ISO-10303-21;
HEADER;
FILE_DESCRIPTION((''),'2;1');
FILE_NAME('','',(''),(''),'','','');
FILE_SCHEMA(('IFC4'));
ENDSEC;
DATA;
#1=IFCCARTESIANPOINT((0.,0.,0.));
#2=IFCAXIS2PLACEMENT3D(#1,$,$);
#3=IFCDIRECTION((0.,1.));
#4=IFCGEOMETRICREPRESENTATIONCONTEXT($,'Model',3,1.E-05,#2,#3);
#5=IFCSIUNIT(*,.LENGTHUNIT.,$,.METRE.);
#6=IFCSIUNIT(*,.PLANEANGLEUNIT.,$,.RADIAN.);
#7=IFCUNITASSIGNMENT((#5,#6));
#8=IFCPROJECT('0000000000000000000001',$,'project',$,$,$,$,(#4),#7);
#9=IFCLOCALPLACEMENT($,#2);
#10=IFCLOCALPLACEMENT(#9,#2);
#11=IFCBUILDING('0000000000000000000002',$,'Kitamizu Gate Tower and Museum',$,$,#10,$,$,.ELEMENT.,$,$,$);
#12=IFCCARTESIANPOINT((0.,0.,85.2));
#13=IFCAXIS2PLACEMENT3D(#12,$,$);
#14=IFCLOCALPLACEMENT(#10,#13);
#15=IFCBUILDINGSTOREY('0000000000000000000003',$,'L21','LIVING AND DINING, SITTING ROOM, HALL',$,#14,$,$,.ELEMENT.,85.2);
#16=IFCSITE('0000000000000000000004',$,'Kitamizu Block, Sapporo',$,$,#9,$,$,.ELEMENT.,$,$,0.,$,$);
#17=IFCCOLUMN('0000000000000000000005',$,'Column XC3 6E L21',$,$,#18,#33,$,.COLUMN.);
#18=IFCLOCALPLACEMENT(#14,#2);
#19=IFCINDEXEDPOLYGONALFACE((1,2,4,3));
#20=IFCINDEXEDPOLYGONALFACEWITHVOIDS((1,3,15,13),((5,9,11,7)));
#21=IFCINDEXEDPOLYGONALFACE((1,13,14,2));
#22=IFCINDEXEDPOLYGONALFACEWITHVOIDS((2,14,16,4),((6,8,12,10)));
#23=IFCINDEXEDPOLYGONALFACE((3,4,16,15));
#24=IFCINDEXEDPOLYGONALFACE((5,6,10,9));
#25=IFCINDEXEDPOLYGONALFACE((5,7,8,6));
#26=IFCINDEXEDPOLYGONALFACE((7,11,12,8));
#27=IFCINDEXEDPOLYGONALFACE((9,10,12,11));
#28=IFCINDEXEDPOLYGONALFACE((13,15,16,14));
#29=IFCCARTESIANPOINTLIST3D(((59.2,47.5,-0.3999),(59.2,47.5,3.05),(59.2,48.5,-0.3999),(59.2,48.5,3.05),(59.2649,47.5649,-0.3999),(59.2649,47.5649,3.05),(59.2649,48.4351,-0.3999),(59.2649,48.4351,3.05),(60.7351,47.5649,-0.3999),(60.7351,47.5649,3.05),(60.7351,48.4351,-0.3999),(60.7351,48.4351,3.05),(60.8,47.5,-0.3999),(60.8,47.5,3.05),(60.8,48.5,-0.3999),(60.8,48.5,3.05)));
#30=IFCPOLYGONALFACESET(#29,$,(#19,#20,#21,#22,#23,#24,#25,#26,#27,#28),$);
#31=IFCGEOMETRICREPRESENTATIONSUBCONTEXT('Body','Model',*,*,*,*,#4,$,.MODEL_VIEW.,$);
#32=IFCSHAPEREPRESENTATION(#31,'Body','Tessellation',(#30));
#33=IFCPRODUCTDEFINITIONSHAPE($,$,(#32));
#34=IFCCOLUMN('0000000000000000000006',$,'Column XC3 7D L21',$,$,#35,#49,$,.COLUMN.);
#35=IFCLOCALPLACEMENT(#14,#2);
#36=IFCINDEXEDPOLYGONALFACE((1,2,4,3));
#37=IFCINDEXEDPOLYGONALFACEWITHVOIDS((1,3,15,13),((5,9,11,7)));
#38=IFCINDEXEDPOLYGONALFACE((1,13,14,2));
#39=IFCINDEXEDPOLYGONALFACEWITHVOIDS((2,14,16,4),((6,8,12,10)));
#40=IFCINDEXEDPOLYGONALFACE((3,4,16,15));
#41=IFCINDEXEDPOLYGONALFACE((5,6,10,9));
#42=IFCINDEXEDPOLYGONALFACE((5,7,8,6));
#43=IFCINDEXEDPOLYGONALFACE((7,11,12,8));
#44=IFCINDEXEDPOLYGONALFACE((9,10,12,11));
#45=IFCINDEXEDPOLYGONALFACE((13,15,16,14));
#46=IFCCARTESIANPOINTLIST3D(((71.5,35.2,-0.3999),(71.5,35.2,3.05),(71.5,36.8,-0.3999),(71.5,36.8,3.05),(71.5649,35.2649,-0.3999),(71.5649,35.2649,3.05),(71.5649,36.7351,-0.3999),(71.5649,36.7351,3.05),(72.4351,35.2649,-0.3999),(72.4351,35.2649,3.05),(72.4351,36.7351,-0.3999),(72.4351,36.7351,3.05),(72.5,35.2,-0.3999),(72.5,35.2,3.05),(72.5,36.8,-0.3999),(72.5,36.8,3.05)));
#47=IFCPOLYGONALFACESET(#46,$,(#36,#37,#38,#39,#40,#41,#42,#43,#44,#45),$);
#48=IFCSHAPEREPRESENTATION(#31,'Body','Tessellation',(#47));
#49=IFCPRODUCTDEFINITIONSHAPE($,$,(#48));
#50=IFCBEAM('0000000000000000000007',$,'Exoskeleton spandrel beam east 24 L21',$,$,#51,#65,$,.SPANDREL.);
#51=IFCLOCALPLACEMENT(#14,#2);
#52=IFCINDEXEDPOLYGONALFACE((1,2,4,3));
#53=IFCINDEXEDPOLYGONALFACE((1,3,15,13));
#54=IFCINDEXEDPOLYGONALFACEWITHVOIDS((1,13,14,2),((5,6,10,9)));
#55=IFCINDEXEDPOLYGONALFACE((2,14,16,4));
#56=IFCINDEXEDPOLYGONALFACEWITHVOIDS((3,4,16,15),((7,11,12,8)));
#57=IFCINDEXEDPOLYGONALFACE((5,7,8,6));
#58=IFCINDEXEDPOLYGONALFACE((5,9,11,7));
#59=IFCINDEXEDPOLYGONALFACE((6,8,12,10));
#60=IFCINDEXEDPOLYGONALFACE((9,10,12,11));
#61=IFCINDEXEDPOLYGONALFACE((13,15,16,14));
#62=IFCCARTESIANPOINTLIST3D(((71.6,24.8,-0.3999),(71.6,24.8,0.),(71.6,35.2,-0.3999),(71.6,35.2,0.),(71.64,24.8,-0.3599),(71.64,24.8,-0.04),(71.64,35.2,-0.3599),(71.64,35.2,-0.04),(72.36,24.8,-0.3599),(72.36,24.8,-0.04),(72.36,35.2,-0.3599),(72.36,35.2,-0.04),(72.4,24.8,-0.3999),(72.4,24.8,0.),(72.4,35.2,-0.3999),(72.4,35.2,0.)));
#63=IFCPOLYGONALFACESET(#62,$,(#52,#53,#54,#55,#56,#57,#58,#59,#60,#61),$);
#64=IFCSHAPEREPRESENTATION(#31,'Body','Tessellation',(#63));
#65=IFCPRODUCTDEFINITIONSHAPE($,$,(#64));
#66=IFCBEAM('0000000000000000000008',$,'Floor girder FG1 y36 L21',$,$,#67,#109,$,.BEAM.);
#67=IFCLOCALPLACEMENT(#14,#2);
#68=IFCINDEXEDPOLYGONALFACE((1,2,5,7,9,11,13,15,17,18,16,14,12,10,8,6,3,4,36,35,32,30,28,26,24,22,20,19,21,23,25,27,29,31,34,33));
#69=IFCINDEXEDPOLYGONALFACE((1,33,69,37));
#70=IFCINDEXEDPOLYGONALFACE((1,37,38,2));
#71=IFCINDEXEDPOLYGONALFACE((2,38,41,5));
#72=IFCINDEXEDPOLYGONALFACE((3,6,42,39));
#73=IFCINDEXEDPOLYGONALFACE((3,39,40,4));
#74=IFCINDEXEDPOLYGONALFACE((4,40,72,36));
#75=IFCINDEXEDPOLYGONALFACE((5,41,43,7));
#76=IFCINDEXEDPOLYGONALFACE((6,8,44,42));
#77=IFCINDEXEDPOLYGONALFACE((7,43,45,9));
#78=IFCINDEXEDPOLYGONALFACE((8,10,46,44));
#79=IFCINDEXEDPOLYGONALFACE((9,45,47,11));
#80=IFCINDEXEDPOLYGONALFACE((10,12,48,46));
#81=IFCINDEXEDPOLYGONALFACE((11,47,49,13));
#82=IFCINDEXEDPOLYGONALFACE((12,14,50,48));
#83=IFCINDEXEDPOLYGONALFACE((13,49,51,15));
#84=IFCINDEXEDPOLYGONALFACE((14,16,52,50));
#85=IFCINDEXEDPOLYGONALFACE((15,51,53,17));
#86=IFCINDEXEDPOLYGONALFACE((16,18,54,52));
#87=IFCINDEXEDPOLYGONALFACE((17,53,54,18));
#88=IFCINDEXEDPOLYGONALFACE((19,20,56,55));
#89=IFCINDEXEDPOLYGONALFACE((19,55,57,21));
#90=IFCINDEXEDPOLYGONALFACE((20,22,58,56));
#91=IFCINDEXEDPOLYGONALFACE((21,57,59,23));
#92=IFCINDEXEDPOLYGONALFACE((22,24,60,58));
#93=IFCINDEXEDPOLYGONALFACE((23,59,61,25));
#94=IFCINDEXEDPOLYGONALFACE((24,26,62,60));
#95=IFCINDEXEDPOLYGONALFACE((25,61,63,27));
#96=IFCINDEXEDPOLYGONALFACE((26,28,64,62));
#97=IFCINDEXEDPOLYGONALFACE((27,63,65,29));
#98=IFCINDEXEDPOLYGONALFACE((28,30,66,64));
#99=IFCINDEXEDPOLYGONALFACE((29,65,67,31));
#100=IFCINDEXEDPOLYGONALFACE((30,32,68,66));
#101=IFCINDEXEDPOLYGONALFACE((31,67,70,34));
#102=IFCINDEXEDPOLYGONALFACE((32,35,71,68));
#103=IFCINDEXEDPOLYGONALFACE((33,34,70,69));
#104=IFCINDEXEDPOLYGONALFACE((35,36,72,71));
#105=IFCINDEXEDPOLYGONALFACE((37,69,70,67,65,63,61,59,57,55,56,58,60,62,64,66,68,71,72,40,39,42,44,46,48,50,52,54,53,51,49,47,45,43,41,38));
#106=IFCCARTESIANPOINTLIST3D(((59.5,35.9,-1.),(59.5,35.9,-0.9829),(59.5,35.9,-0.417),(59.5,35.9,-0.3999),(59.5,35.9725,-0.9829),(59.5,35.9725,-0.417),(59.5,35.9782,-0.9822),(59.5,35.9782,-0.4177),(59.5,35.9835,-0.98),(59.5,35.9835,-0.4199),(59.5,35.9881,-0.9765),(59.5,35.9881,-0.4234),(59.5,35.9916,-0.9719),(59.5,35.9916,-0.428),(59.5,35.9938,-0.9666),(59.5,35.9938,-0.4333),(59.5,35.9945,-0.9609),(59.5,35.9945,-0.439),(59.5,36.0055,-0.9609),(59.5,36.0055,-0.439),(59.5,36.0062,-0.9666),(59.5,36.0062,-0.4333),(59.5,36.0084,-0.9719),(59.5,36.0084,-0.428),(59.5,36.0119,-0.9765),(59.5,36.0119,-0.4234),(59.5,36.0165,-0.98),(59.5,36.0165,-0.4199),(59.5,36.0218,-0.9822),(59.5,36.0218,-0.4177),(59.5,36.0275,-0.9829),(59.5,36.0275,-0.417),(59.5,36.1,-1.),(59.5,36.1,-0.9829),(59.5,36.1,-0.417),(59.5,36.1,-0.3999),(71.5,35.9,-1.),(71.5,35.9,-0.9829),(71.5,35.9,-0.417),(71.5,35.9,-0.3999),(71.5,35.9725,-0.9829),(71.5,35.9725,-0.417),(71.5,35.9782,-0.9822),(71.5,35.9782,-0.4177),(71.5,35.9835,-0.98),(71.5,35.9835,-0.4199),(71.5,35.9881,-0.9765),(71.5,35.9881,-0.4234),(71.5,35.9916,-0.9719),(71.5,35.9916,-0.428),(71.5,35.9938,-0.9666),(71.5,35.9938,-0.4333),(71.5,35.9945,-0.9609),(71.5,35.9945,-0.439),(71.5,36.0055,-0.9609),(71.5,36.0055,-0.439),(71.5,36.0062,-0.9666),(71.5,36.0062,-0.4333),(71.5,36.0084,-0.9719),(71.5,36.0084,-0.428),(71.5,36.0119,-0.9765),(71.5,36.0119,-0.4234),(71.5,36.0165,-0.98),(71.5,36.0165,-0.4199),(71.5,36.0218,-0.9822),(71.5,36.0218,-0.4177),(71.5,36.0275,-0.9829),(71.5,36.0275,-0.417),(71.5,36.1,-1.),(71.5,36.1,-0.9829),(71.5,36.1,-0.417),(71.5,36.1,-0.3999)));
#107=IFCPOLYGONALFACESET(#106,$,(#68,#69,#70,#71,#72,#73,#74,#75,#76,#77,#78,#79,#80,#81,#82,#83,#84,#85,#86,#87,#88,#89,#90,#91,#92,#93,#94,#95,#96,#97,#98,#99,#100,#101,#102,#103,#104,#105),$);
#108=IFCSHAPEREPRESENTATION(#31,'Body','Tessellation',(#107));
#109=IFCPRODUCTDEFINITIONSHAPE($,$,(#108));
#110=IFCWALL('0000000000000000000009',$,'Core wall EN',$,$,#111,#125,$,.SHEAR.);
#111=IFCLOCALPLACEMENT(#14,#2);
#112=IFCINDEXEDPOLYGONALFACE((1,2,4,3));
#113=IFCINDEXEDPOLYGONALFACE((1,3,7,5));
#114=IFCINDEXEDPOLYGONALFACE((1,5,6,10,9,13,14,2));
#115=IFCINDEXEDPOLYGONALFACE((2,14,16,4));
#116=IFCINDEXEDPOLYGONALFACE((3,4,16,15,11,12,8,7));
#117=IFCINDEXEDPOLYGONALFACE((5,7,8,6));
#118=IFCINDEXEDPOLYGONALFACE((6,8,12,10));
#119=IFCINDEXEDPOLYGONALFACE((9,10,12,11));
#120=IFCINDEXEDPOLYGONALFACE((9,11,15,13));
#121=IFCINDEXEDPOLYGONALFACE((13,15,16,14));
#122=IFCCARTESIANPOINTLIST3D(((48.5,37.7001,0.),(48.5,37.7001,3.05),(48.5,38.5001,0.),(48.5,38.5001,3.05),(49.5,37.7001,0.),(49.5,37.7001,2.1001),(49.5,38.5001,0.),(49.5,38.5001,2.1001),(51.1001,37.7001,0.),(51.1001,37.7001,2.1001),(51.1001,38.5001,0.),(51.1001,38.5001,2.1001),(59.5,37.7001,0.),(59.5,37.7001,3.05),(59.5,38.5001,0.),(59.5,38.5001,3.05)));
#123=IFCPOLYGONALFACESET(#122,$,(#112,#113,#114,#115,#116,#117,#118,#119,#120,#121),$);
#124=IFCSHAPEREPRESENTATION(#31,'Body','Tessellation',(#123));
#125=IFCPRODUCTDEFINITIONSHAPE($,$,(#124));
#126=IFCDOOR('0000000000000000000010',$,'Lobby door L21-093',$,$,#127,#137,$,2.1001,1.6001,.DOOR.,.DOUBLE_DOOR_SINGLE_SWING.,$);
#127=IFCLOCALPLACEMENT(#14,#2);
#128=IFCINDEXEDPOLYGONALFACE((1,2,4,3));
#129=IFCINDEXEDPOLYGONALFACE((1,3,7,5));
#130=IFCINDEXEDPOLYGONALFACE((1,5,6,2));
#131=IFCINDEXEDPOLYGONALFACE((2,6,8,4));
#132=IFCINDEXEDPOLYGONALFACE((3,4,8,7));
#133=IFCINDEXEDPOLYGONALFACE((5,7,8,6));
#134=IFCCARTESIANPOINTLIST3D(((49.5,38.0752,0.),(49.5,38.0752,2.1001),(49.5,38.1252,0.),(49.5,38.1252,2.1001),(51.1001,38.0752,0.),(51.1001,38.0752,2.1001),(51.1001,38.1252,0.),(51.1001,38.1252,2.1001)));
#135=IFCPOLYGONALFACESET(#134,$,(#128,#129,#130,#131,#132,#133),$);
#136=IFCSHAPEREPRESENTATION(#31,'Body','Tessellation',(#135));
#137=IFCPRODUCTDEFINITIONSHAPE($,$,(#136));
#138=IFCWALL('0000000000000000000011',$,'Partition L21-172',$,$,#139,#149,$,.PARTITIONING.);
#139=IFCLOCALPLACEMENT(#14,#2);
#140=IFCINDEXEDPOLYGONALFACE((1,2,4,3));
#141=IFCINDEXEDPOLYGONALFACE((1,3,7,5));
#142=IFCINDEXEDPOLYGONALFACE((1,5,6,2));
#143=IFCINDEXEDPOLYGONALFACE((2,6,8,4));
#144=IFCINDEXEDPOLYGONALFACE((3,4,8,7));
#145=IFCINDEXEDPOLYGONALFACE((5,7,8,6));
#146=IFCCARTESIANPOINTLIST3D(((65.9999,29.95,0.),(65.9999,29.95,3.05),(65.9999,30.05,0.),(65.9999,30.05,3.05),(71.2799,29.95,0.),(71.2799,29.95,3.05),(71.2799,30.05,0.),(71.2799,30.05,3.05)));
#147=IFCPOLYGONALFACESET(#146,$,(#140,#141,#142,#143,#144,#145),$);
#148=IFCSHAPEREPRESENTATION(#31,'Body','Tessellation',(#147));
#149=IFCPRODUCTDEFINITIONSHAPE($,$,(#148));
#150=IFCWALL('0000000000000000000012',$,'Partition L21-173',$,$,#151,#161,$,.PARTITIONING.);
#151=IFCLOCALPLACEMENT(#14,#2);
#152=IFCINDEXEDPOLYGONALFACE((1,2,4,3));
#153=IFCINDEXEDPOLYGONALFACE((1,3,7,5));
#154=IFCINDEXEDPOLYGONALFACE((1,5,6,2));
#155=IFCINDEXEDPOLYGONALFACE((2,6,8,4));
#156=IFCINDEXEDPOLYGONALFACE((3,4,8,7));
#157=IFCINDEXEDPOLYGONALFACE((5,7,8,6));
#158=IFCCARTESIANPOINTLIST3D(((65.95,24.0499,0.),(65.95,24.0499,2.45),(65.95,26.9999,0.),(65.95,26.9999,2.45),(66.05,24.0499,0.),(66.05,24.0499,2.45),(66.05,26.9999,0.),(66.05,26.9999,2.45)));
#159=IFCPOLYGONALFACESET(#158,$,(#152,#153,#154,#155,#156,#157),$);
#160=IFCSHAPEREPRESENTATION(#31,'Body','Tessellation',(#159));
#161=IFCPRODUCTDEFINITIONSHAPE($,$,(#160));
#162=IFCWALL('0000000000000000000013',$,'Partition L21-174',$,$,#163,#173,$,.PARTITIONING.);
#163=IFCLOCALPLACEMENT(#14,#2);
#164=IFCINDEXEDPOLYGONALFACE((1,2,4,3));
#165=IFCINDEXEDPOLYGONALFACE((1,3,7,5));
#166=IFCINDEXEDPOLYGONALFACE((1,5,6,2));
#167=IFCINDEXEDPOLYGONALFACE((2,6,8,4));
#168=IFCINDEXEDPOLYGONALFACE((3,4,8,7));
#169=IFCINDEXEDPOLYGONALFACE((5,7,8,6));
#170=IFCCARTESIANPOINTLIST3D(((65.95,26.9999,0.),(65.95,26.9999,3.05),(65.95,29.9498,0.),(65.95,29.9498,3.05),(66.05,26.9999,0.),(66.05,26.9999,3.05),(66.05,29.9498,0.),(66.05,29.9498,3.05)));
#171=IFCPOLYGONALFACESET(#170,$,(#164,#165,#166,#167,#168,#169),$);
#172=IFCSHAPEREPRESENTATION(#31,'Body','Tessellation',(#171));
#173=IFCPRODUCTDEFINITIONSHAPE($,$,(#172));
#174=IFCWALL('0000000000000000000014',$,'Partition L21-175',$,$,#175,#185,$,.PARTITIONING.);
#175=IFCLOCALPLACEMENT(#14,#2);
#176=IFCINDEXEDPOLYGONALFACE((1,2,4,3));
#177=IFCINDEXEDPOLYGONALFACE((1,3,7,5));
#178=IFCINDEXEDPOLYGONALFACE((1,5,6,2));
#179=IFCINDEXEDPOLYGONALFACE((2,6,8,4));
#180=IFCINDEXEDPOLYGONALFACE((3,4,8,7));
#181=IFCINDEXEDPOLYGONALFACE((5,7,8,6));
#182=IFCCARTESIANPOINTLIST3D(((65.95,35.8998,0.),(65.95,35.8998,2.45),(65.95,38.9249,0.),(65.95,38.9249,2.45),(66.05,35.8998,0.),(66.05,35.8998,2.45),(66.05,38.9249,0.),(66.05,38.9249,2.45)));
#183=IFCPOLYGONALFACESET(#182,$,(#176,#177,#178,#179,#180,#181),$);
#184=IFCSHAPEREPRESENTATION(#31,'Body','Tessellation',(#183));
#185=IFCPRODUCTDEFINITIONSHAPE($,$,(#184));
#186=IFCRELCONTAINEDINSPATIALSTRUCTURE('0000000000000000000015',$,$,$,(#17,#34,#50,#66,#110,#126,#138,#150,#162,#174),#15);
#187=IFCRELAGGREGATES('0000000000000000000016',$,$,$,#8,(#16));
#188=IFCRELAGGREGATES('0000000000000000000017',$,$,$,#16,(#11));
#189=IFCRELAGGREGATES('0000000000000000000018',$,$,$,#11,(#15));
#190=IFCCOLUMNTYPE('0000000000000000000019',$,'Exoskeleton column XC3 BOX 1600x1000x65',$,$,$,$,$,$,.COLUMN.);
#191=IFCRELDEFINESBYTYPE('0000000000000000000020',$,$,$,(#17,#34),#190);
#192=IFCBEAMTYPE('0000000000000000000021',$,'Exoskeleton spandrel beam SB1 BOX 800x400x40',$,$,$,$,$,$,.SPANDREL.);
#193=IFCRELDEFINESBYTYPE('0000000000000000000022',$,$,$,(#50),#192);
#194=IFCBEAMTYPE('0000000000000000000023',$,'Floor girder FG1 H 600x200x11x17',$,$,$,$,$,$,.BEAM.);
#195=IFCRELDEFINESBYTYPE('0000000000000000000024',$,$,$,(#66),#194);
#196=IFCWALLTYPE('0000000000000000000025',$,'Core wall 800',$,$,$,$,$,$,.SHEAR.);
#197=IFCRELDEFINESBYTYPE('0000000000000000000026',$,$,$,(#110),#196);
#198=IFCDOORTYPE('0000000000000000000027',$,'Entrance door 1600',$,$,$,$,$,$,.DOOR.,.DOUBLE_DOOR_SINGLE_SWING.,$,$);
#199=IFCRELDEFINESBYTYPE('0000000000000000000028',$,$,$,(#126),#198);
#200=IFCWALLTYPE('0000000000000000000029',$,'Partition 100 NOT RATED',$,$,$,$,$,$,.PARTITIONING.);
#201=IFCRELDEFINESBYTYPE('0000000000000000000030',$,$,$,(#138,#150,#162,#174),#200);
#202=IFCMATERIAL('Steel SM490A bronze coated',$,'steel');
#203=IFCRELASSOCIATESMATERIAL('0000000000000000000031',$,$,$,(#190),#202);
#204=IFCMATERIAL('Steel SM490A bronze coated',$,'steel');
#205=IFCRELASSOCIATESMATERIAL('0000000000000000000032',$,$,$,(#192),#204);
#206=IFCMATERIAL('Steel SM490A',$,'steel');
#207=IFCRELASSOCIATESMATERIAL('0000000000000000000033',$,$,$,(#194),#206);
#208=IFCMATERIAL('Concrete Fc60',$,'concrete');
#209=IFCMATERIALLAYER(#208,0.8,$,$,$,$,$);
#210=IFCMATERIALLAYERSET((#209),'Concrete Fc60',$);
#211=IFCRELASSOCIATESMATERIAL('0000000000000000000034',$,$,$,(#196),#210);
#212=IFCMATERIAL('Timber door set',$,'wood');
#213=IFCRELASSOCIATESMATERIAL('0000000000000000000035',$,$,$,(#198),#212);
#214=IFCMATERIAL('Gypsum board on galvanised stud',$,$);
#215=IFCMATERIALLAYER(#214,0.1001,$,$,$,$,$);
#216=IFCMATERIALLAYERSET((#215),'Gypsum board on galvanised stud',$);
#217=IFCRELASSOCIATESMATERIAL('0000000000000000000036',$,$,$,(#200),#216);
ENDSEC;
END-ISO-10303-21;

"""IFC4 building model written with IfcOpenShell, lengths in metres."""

from ifc_helpers import new_model, si_unit, direction, frame, frame_2d, origin, origin_2d, place, context, subcontext, project, spatial, rectangle, hollow_rectangle, i_section, extrude, material, layer, layer_set, material_profile, profile_set, type_object, element, fill, save


model = new_model("IFC4")

# Units and contexts
model_context = context("Model", 3, precision=1e-05, world=origin(), true_north=direction((0.0, 1.0)))
body_context = subcontext(model_context, "Body", "Model", "MODEL_VIEW")
ifc_project = project(units=[si_unit("LENGTHUNIT", "METRE"), si_unit("PLANEANGLEUNIT", "RADIAN")], contexts=[model_context])

# Site, building, storey
site_placement = place(None, origin())
site = spatial("IfcSite", under=ifc_project, at=site_placement, Name="Kitamizu Block, Sapporo", CompositionType="ELEMENT", RefElevation=0.0)
building_placement = place(site_placement, origin())
building = spatial("IfcBuilding", under=site, at=building_placement, Name="Kitamizu Gate Tower and Museum", CompositionType="ELEMENT")
storey_placement = place(building_placement, frame((0.0, 0.0, 85.2)))
storey = spatial("IfcBuildingStorey", under=building, at=storey_placement, Name="L21", Description="LIVING AND DINING, SITTING ROOM, HALL", CompositionType="ELEMENT", Elevation=85.2)

# Columns
ifc_material_1 = material(Name="Steel SM490A bronze coated", Category="steel")
ifc_material_profile_1 = material_profile(ifc_material_1, hollow_rectangle(XDim=1.6001, YDim=1.0, WallThickness=0.0649, at=origin_2d()), Name="BOX 1600x1000x65")
ifc_profile_set_1 = profile_set([ifc_material_profile_1], Name="Steel SM490A bronze coated")
column_type = type_object("IfcColumnType", Name="Exoskeleton column XC3 BOX 1600x1000x65", PredefinedType="COLUMN", material=ifc_profile_set_1)
for number, where, z_axis, x_axis, name in (
    (1, (60.0, 48.0, -0.3999), (0.0, 0.0, 1.0), (1.0, 0.0, 0.0), "Column XC3 6E L21"),
    (2, (72.0, 36.0, -0.3999), (0.0, 0.0, 1.0), (0.0, 1.0, 0.0), "Column XC3 7D L21"),
):
    element("IfcColumn", number, at=place(storey_placement, frame(where, z_axis=z_axis, x_axis=x_axis)), inside=storey, type_object=column_type, Name=name, PredefinedType="COLUMN", context=body_context, shape_type="SweptSolid", body=[
        extrude(hollow_rectangle(XDim=1.6001, YDim=1.0, WallThickness=0.0649, at=origin_2d()), origin(), (0.0, 0.0, 1.0), 3.45),
    ])

# Beams
ifc_material_2 = material(Name="Steel SM490A bronze coated", Category="steel")
ifc_material_profile_2 = material_profile(ifc_material_2, hollow_rectangle(XDim=0.8, YDim=0.3999, WallThickness=0.04, at=origin_2d()), Name="BOX 800x400x40")
ifc_profile_set_2 = profile_set([ifc_material_profile_2], Name="Steel SM490A bronze coated")
beam_type_1 = type_object("IfcBeamType", Name="Exoskeleton spandrel beam SB1 BOX 800x400x40", PredefinedType="SPANDREL", material=ifc_profile_set_2)
beam_1_placement = place(storey_placement, frame((72.0, 24.8, -0.2), z_axis=(0.0, 1.0, 0.0), x_axis=(-1.0, 0.0, 0.0)))
element("IfcBeam", 3, at=beam_1_placement, inside=storey, type_object=beam_type_1, Name="Exoskeleton spandrel beam east 24 L21", PredefinedType="SPANDREL", context=body_context, shape_type="SweptSolid", body=[
    extrude(hollow_rectangle(XDim=0.8, YDim=0.3999, WallThickness=0.04, at=origin_2d()), origin(), (0.0, 0.0, 1.0), 10.3999),
])
ifc_material_3 = material(Name="Steel SM490A", Category="steel")
ifc_material_profile_3 = material_profile(ifc_material_3, i_section(OverallWidth=0.2, OverallDepth=0.6001, WebThickness=0.011, FlangeThickness=0.0171, FilletRadius=0.022, at=origin_2d()), Name="H-600x200x11x17")
ifc_profile_set_3 = profile_set([ifc_material_profile_3], Name="Steel SM490A")
beam_type_2 = type_object("IfcBeamType", Name="Floor girder FG1 H 600x200x11x17", PredefinedType="BEAM", material=ifc_profile_set_3)
beam_2_placement = place(storey_placement, frame((59.5, 36.0, -0.7), z_axis=(1.0, 0.0, 0.0), x_axis=(0.0, 1.0, 0.0)))
element("IfcBeam", 4, at=beam_2_placement, inside=storey, type_object=beam_type_2, Name="Floor girder FG1 y36 L21", PredefinedType="BEAM", context=body_context, shape_type="SweptSolid", body=[
    extrude(i_section(OverallWidth=0.2, OverallDepth=0.6001, WebThickness=0.011, FlangeThickness=0.0171, FilletRadius=0.022, at=origin_2d()), origin(), (0.0, 0.0, 1.0), 12.0),
])

# Wall, opening, door
ifc_material_4 = material(Name="Concrete Fc60", Category="concrete")
ifc_layer_1 = layer(ifc_material_4, 0.8)
ifc_layer_set_1 = layer_set([ifc_layer_1], Name="Concrete Fc60")
wall_type_1 = type_object("IfcWallType", Name="Core wall 800", PredefinedType="SHEAR", material=ifc_layer_set_1)
wall_1_placement = place(storey_placement, frame((59.5, 38.1001, 0.0), z_axis=(0.0, 0.0, 1.0), x_axis=(-1.0, 0.0, 0.0)))
wall_1 = element("IfcWall", 5, at=wall_1_placement, inside=storey, type_object=wall_type_1, Name="Core wall EN", PredefinedType="SHEAR", context=body_context, shape_type="SweptSolid", body=[
    extrude(rectangle(XDim=11.0, YDim=0.8, at=frame_2d((5.5, 0.0))), origin(), (0.0, 0.0, 1.0), 3.05),
])
opening_1_placement = place(wall_1_placement, frame((8.3999, 0.0, 0.0)))
opening_1 = element("IfcOpeningElement", 6, at=opening_1_placement, cuts=wall_1, PredefinedType="OPENING", context=body_context, shape_type="SweptSolid", body=[
    extrude(rectangle(XDim=1.6001, YDim=2.1001, at=frame_2d((0.8, 1.05))), frame((0.0, 0.4102, 0.0), z_axis=(0.0, -1.0, 0.0), x_axis=(1.0, 0.0, 0.0)), (0.0, 0.0, 1.0), 0.8201),
])
ifc_material_5 = material(Name="Timber door set", Category="wood")
door_type_1 = type_object("IfcDoorType", Name="Entrance door 1600", OperationType="DOUBLE_DOOR_SINGLE_SWING", PredefinedType="DOOR", material=ifc_material_5)
door_1_placement = place(opening_1_placement, origin())
door_1 = element("IfcDoor", 7, at=door_1_placement, inside=storey, type_object=door_type_1, Name="Lobby door L21-093", OperationType="DOUBLE_DOOR_SINGLE_SWING", OverallHeight=2.1001, OverallWidth=1.6001, PredefinedType="DOOR", context=body_context, shape_type="SweptSolid", body=[
    extrude(rectangle(XDim=1.6001, YDim=2.1001, at=frame_2d((0.8, 1.05))), frame((0.0, 0.0249, 0.0), z_axis=(0.0, -1.0, 0.0), x_axis=(1.0, 0.0, 0.0)), (0.0, 0.0, 1.0), 0.05),
])
fill(opening_1, door_1)

# Walls
ifc_material_6 = material(Name="Gypsum board on galvanised stud")
ifc_layer_2 = layer(ifc_material_6, 0.1001)
ifc_layer_set_2 = layer_set([ifc_layer_2], Name="Gypsum board on galvanised stud")
wall_type_2 = type_object("IfcWallType", Name="Partition 100 NOT RATED", PredefinedType="PARTITIONING", material=ifc_layer_set_2)
wall_2_placement = place(storey_placement, frame((71.28, 30.0, 0.0), z_axis=(0.0, 0.0, 1.0), x_axis=(-1.0, 0.0, 0.0)))
element("IfcWall", 8, at=wall_2_placement, inside=storey, type_object=wall_type_2, Name="Partition L21-172", PredefinedType="PARTITIONING", context=body_context, shape_type="SweptSolid", body=[
    extrude(rectangle(XDim=5.28, YDim=0.1001, at=frame_2d((2.6401, 0.0))), origin(), (0.0, 0.0, 1.0), 3.05),
])
wall_3_placement = place(storey_placement, frame((66.0, 27.0, 0.0), z_axis=(0.0, 0.0, 1.0), x_axis=(0.0, -1.0, 0.0)))
element("IfcWall", 9, at=wall_3_placement, inside=storey, type_object=wall_type_2, Name="Partition L21-173", PredefinedType="PARTITIONING", context=body_context, shape_type="SweptSolid", body=[
    extrude(rectangle(XDim=2.95, YDim=0.1001, at=frame_2d((1.4751, 0.0))), origin(), (0.0, 0.0, 1.0), 2.45),
])
wall_4_placement = place(storey_placement, frame((66.0, 29.95, 0.0), z_axis=(0.0, 0.0, 1.0), x_axis=(0.0, -1.0, 0.0)))
element("IfcWall", 10, at=wall_4_placement, inside=storey, type_object=wall_type_2, Name="Partition L21-174", PredefinedType="PARTITIONING", context=body_context, shape_type="SweptSolid", body=[
    extrude(rectangle(XDim=2.95, YDim=0.1001, at=frame_2d((1.4751, 0.0))), origin(), (0.0, 0.0, 1.0), 3.05),
])
wall_5_placement = place(storey_placement, frame((66.0, 38.925, 0.0), z_axis=(0.0, 0.0, 1.0), x_axis=(0.0, -1.0, 0.0)))
element("IfcWall", 11, at=wall_5_placement, inside=storey, type_object=wall_type_2, Name="Partition L21-175", PredefinedType="PARTITIONING", context=body_context, shape_type="SweptSolid", body=[
    extrude(rectangle(XDim=3.0251, YDim=0.1001, at=frame_2d((1.5127, 0.0))), origin(), (0.0, 0.0, 1.0), 2.45),
])

save(model, "model.ifc")
